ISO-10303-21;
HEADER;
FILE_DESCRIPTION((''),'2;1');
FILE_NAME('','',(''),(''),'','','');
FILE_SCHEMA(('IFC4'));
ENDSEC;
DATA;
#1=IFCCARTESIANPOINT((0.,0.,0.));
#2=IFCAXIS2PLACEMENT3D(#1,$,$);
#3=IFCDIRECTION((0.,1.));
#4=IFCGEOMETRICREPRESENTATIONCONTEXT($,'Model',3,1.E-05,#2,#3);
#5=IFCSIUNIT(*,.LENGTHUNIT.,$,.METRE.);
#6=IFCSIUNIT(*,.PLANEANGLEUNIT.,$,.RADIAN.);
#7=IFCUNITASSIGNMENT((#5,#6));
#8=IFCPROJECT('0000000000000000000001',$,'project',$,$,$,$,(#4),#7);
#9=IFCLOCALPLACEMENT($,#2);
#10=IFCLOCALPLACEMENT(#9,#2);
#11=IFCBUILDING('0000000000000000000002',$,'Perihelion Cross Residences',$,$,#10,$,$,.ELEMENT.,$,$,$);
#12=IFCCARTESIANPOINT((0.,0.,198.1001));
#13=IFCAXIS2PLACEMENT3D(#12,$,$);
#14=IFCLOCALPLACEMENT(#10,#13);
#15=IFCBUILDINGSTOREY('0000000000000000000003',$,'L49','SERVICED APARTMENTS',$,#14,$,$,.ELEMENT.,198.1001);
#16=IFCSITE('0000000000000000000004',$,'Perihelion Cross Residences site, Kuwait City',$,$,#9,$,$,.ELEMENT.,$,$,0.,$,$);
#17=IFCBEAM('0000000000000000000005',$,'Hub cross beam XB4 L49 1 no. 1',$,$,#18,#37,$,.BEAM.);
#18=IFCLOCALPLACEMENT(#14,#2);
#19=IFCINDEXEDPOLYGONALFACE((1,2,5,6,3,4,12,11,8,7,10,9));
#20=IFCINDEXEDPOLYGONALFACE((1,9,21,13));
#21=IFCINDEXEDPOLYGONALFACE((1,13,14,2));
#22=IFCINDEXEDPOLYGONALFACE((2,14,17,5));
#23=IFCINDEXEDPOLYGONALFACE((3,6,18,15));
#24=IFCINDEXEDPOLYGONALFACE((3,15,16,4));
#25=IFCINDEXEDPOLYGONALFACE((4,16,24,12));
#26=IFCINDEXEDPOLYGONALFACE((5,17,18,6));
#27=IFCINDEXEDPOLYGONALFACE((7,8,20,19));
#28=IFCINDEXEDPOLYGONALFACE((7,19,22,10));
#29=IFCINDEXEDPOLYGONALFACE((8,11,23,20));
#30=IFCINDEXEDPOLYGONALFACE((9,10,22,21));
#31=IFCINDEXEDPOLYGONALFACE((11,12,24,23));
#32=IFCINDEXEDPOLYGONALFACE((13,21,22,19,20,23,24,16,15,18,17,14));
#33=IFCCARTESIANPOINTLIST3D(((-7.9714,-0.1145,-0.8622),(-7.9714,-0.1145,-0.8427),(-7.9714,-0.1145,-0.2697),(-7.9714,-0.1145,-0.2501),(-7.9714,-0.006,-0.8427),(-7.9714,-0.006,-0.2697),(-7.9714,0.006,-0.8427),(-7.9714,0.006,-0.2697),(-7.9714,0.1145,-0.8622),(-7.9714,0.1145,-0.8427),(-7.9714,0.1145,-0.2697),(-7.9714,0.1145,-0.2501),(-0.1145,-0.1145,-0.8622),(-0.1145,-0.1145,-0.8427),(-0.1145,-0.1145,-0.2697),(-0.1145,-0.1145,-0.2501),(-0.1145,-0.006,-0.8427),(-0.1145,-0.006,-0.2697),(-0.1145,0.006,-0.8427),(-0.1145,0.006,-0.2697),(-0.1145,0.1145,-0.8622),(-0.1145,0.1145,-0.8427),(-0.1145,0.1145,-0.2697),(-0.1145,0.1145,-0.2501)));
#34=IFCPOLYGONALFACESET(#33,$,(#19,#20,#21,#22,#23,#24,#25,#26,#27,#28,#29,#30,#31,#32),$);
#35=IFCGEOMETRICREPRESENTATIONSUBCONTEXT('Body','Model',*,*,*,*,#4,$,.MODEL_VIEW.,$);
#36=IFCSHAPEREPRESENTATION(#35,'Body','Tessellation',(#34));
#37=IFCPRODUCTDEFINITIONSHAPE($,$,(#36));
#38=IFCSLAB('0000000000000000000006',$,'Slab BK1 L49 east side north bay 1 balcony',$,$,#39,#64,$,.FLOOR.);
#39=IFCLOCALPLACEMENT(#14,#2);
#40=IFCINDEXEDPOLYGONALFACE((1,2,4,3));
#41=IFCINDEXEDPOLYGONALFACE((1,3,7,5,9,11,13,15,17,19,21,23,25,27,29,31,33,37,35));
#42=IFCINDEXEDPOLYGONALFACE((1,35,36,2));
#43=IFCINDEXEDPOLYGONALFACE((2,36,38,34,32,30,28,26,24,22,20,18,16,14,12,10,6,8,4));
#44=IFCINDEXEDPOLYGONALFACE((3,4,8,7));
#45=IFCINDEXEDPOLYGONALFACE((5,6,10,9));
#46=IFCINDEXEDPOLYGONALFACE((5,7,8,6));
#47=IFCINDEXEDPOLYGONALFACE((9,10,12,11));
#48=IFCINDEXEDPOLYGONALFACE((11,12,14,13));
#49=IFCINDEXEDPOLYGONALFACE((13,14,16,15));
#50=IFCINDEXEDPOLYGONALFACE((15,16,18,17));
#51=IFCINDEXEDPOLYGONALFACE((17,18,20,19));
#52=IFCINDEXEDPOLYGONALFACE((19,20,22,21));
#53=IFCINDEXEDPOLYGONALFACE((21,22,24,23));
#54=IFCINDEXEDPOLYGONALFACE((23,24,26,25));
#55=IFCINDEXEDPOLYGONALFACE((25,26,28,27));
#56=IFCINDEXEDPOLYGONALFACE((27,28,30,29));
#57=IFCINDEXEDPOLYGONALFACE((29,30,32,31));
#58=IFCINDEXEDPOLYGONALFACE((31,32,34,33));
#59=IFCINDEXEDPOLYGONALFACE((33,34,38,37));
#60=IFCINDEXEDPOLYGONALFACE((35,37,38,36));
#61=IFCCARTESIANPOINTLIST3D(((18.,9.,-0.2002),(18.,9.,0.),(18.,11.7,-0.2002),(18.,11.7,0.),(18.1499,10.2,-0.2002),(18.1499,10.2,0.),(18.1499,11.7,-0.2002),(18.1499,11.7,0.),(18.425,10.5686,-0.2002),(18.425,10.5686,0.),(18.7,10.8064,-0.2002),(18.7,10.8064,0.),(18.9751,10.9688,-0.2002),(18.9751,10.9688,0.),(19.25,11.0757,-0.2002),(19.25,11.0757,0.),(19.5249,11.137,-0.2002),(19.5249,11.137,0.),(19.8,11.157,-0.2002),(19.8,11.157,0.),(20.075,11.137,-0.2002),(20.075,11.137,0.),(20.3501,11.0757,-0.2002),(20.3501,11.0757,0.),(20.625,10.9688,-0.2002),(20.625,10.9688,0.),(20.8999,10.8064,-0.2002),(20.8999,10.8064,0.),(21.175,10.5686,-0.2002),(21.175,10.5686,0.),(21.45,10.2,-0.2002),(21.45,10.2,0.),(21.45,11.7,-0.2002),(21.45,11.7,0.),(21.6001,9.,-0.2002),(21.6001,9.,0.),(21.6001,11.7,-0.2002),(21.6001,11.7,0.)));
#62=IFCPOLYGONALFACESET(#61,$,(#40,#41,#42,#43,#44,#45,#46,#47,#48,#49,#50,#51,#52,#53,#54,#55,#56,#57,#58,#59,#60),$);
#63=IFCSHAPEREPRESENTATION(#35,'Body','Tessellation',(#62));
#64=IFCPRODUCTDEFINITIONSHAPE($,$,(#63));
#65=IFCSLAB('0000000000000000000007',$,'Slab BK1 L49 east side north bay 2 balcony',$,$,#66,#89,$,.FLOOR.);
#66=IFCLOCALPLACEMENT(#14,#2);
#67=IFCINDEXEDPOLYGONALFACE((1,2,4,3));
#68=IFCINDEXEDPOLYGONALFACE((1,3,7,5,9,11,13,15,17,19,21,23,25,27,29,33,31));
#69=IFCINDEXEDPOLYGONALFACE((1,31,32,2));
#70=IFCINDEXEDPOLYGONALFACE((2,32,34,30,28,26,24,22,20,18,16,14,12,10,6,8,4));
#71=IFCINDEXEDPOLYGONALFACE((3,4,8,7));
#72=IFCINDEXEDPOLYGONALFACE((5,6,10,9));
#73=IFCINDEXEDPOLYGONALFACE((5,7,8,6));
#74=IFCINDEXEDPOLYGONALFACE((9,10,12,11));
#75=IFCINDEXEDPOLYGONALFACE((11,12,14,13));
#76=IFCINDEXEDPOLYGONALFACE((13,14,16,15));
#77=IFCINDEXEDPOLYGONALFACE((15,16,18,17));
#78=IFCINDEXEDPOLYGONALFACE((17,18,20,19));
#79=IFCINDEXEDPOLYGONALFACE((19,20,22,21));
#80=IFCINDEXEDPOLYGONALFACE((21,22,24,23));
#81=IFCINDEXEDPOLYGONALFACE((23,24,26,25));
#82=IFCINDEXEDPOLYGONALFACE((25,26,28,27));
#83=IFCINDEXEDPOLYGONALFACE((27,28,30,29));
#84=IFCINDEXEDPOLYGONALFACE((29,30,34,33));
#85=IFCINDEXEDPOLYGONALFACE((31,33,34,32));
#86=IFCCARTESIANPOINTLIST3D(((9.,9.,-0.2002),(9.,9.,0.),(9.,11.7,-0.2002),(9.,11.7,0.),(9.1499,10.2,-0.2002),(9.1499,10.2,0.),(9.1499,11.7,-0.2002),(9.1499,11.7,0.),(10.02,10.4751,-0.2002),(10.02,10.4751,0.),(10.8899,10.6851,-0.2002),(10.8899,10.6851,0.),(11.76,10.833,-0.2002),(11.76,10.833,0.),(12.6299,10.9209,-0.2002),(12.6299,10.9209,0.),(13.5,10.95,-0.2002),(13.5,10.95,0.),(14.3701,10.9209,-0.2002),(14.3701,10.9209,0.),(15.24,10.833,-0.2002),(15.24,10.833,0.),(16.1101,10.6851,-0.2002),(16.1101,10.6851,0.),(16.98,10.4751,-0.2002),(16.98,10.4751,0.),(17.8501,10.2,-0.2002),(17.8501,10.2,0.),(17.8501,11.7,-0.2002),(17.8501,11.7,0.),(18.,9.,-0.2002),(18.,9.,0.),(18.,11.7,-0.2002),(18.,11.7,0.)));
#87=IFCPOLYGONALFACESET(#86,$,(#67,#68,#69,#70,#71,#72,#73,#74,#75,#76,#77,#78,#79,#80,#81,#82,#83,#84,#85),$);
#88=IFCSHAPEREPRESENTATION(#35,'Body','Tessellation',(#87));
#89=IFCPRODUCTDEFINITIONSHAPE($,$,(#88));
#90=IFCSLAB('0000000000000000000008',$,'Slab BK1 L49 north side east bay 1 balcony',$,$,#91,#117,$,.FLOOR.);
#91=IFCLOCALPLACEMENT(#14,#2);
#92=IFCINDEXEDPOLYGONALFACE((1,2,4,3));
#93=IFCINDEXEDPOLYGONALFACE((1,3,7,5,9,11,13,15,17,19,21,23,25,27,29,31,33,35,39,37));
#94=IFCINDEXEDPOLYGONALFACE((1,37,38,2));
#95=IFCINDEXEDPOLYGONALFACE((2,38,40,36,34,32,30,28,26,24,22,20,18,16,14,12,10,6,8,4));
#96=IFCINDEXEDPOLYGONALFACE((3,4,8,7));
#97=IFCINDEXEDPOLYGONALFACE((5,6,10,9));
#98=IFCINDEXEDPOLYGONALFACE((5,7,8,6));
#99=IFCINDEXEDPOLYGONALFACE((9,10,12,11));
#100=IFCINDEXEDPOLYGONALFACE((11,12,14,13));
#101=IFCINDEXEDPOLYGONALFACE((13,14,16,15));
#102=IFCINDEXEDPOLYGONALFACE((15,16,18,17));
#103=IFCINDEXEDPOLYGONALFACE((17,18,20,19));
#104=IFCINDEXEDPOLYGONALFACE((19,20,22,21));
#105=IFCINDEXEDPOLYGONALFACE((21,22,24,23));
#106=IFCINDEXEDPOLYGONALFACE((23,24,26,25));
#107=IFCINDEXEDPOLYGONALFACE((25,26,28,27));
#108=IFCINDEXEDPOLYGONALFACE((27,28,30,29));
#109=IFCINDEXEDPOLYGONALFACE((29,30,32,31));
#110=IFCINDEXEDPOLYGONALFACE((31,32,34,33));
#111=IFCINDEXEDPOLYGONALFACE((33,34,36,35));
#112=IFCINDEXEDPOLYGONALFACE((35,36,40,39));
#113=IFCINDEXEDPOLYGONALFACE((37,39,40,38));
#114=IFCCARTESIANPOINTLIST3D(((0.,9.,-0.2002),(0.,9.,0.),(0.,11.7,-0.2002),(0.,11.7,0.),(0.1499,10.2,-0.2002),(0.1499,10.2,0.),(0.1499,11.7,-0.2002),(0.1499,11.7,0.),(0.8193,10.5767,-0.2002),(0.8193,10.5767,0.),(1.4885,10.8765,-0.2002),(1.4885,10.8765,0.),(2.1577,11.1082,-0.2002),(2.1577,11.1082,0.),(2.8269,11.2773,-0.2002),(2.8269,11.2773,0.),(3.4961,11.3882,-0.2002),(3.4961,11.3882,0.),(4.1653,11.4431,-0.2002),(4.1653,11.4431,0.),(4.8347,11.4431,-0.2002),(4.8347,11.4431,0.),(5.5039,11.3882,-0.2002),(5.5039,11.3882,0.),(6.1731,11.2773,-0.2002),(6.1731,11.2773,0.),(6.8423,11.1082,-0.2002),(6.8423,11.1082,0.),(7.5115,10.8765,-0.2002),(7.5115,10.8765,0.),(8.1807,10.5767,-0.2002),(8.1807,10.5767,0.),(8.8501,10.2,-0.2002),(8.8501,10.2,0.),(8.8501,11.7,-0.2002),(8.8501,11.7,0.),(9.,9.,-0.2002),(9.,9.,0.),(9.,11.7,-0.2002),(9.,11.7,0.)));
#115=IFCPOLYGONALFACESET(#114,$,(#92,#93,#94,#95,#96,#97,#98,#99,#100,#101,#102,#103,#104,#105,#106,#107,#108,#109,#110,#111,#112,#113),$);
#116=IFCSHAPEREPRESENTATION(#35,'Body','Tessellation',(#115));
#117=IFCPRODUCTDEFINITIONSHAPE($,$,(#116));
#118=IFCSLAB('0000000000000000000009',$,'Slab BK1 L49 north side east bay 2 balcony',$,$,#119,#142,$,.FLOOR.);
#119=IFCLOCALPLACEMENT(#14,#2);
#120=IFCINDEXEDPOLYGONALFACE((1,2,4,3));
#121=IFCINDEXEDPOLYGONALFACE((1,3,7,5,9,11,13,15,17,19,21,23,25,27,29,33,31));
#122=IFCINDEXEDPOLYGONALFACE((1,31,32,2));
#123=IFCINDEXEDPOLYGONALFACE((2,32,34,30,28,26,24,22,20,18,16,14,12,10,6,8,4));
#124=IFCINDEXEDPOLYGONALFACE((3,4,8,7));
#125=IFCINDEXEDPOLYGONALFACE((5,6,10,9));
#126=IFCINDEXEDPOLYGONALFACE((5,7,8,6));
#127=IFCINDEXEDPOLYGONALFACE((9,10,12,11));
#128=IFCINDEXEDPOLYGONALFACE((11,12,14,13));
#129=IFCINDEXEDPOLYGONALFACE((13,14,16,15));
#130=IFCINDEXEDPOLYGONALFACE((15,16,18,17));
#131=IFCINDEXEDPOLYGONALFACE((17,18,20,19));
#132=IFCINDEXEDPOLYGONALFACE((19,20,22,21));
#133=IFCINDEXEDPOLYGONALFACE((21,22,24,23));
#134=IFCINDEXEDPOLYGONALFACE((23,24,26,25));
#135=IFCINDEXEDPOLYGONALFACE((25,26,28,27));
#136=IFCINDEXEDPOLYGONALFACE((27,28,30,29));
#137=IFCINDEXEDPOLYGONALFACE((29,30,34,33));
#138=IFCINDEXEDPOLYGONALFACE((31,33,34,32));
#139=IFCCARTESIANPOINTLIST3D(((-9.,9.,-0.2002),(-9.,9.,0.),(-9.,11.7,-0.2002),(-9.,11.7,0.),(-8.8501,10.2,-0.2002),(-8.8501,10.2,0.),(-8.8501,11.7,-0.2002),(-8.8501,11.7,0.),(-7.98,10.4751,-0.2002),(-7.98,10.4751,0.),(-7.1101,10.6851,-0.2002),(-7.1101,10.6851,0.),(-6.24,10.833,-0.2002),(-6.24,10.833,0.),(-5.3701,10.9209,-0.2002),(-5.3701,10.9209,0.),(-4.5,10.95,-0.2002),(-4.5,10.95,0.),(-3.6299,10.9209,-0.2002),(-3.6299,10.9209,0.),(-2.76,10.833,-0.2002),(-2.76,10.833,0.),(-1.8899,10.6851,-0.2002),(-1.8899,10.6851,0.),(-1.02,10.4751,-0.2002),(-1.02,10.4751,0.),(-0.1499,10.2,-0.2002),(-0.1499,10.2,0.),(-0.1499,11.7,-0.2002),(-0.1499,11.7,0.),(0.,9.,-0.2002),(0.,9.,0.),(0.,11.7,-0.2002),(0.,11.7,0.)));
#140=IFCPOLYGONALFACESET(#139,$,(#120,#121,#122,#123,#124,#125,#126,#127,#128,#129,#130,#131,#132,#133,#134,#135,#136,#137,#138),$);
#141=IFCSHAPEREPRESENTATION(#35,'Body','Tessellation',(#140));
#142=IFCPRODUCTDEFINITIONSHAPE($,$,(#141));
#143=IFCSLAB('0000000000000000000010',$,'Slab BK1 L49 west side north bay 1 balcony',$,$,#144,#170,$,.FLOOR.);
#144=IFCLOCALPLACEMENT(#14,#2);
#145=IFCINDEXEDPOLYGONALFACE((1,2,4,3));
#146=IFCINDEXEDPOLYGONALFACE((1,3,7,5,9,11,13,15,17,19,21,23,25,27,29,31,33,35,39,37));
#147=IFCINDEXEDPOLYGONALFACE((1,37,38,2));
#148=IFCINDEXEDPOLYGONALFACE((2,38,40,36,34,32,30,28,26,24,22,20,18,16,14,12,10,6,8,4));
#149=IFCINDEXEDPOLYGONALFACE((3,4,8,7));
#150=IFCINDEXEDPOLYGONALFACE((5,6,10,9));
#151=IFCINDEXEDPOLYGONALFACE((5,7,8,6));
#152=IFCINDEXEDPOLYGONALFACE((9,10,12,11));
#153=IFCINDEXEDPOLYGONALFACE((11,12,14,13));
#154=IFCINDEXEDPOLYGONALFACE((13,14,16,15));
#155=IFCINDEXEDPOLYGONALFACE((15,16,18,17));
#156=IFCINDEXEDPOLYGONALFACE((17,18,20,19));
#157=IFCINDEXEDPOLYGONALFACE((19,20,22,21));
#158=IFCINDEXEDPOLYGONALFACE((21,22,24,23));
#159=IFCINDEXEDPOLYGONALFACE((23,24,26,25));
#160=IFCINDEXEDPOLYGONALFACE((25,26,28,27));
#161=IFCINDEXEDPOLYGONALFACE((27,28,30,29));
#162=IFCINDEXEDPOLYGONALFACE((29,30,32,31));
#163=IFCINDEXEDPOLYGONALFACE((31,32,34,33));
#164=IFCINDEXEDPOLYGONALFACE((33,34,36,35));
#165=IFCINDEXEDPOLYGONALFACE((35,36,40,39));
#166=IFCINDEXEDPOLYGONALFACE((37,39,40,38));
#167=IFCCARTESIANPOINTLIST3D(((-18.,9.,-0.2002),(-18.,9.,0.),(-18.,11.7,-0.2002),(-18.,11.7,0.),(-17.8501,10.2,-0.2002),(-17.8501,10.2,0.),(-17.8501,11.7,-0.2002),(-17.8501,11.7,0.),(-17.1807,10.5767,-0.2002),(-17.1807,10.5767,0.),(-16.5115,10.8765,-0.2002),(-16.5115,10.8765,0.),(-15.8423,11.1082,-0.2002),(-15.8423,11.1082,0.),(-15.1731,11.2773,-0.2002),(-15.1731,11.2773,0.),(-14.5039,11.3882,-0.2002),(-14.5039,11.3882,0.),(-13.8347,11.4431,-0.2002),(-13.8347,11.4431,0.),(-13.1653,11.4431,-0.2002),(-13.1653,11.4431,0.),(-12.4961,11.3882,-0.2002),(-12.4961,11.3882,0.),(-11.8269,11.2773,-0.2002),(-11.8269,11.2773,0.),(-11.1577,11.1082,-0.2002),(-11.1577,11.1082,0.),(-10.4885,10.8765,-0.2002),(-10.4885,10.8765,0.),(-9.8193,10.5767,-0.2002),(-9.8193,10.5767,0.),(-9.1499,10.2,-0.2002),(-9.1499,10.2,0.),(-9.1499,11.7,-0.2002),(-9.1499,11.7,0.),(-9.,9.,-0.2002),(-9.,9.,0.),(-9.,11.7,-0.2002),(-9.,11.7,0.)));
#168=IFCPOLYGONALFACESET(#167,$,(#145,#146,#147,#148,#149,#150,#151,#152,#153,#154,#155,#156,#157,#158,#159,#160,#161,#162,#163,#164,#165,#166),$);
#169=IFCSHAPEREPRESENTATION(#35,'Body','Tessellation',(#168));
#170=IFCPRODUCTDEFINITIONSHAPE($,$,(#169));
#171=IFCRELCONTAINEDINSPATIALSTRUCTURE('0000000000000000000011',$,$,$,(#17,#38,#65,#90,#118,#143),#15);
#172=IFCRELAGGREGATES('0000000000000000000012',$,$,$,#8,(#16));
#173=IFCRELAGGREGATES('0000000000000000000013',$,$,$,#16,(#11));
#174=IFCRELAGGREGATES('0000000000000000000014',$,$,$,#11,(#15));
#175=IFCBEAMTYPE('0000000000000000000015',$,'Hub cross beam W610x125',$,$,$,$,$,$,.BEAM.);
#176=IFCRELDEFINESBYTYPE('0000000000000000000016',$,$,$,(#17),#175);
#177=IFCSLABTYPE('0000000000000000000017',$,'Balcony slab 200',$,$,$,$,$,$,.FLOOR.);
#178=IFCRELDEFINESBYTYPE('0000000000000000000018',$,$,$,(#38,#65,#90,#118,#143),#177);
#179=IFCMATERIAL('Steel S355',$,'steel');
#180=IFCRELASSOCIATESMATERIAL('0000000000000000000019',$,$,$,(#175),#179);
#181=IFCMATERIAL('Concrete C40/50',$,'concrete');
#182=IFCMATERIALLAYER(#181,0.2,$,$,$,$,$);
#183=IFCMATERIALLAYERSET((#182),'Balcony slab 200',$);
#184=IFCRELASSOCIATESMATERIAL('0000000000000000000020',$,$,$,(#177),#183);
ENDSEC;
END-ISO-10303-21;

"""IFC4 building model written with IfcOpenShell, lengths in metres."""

from ifc_helpers import new_model, si_unit, direction, frame, origin, origin_2d, place, context, subcontext, project, spatial, polyline, i_section, outline, extrude, material, layer, layer_set, material_profile, profile_set, type_object, element, save


model = new_model("IFC4")

# Units and contexts
model_context = context("Model", 3, precision=1e-05, world=origin(), true_north=direction((0.0, 1.0)))
body_context = subcontext(model_context, "Body", "Model", "MODEL_VIEW")
ifc_project = project(units=[si_unit("LENGTHUNIT", "METRE"), si_unit("PLANEANGLEUNIT", "RADIAN")], contexts=[model_context])

# Site, building, storey
site_placement = place(None, origin())
site = spatial("IfcSite", under=ifc_project, at=site_placement, Name="Perihelion Cross Residences site, Kuwait City", CompositionType="ELEMENT", RefElevation=0.0)
building_placement = place(site_placement, origin())
building = spatial("IfcBuilding", under=site, at=building_placement, Name="Perihelion Cross Residences", CompositionType="ELEMENT")
storey_placement = place(building_placement, frame((0.0, 0.0, 198.1001)))
storey = spatial("IfcBuildingStorey", under=building, at=storey_placement, Name="L49", Description="SERVICED APARTMENTS", CompositionType="ELEMENT", Elevation=198.1001)

# Beam
ifc_material_1 = material(Name="Steel S355", Category="steel")
ifc_material_profile = material_profile(ifc_material_1, i_section(OverallWidth=0.229, OverallDepth=0.6121, WebThickness=0.012, FlangeThickness=0.0195, at=origin_2d()), Name="W610x125")
ifc_profile_set = profile_set([ifc_material_profile], Name="Steel S355")
beam_type = type_object("IfcBeamType", Name="Hub cross beam W610x125", PredefinedType="BEAM", material=ifc_profile_set)
beam_placement = place(storey_placement, frame((-7.9714, 0.0, -0.5562), z_axis=(1.0, 0.0, 0.0), x_axis=(0.0, 1.0, 0.0)))
element("IfcBeam", 1, at=beam_placement, inside=storey, type_object=beam_type, Name="Hub cross beam XB4 L49 1 no. 1", PredefinedType="BEAM", context=body_context, shape_type="SweptSolid", body=[
    extrude(i_section(OverallWidth=0.229, OverallDepth=0.6121, WebThickness=0.012, FlangeThickness=0.0195, at=origin_2d()), origin(), (0.0, 0.0, 1.0), 7.8569),
])

# Slabs
ifc_material_2 = material(Name="Concrete C40/50", Category="concrete")
ifc_layer_1 = layer(ifc_material_2, 0.2)
ifc_layer_set_1 = layer_set([ifc_layer_1], Name="Balcony slab 200")
slab_type_1 = type_object("IfcSlabType", Name="Balcony slab 200", PredefinedType="FLOOR", material=ifc_layer_set_1)
slab_1_placement = place(storey_placement, frame((0.0, 0.0, -0.2002)))
element("IfcSlab", 2, at=slab_1_placement, inside=storey, type_object=slab_type_1, Name="Slab BK1 L49 east side north bay 1 balcony", PredefinedType="FLOOR", context=body_context, shape_type="SweptSolid", body=[
    extrude(outline(polyline([(21.6001, 9.0), (18.0, 9.0), (18.0, 11.7), (18.1499, 11.7), (18.1499, 10.2), (18.425, 10.5686), (18.7, 10.8064), (18.9751, 10.9688), (19.25, 11.0757), (19.5249, 11.137), (19.8, 11.157), (20.075, 11.137), (20.3501, 11.0757), (20.625, 10.9688), (20.8999, 10.8064), (21.175, 10.5686), (21.45, 10.2), (21.45, 11.7), (21.6001, 11.7), (21.6001, 9.0)])), origin(), (0.0, 0.0, 1.0), 0.2002),
])
slab_2_placement = place(storey_placement, frame((0.0, 0.0, -0.2002)))
element("IfcSlab", 3, at=slab_2_placement, inside=storey, type_object=slab_type_1, Name="Slab BK1 L49 east side north bay 2 balcony", PredefinedType="FLOOR", context=body_context, shape_type="SweptSolid", body=[
    extrude(outline(polyline([(18.0, 9.0), (9.0, 9.0), (9.0, 11.7), (9.1499, 11.7), (9.1499, 10.2), (10.02, 10.4751), (10.8899, 10.6851), (11.76, 10.833), (12.6299, 10.9209), (13.5, 10.95), (14.3701, 10.9209), (15.24, 10.833), (16.1101, 10.6851), (16.98, 10.4751), (17.8501, 10.2), (17.8501, 11.7), (18.0, 11.7), (18.0, 9.0)])), origin(), (0.0, 0.0, 1.0), 0.2002),
])
slab_3_placement = place(storey_placement, frame((0.0, 0.0, -0.2002)))
element("IfcSlab", 4, at=slab_3_placement, inside=storey, type_object=slab_type_1, Name="Slab BK1 L49 north side east bay 1 balcony", PredefinedType="FLOOR", context=body_context, shape_type="SweptSolid", body=[
    extrude(outline(polyline([(9.0, 9.0), (0.0, 9.0), (0.0, 11.7), (0.1499, 11.7), (0.1499, 10.2), (0.8193, 10.5767), (1.4885, 10.8765), (2.1577, 11.1082), (2.8269, 11.2773), (3.4961, 11.3882), (4.1653, 11.4431), (4.8347, 11.4431), (5.5039, 11.3882), (6.1731, 11.2773), (6.8423, 11.1082), (7.5115, 10.8765), (8.1807, 10.5767), (8.8501, 10.2), (8.8501, 11.7), (9.0, 11.7), (9.0, 9.0)])), origin(), (0.0, 0.0, 1.0), 0.2002),
])
slab_4_placement = place(storey_placement, frame((0.0, 0.0, -0.2002)))
element("IfcSlab", 5, at=slab_4_placement, inside=storey, type_object=slab_type_1, Name="Slab BK1 L49 north side east bay 2 balcony", PredefinedType="FLOOR", context=body_context, shape_type="SweptSolid", body=[
    extrude(outline(polyline([(0.0, 9.0), (-9.0, 9.0), (-9.0, 11.7), (-8.8501, 11.7), (-8.8501, 10.2), (-7.98, 10.4751), (-7.1101, 10.6851), (-6.24, 10.833), (-5.3701, 10.9209), (-4.5, 10.95), (-3.6299, 10.9209), (-2.76, 10.833), (-1.8899, 10.6851), (-1.02, 10.4751), (-0.1499, 10.2), (-0.1499, 11.7), (0.0, 11.7), (0.0, 9.0)])), origin(), (0.0, 0.0, 1.0), 0.2002),
])
slab_5_placement = place(storey_placement, frame((0.0, 0.0, -0.2002)))
element("IfcSlab", 6, at=slab_5_placement, inside=storey, type_object=slab_type_1, Name="Slab BK1 L49 west side north bay 1 balcony", PredefinedType="FLOOR", context=body_context, shape_type="SweptSolid", body=[
    extrude(outline(polyline([(-9.0, 9.0), (-18.0, 9.0), (-18.0, 11.7), (-17.8501, 11.7), (-17.8501, 10.2), (-17.1807, 10.5767), (-16.5115, 10.8765), (-15.8423, 11.1082), (-15.1731, 11.2773), (-14.5039, 11.3882), (-13.8347, 11.4431), (-13.1653, 11.4431), (-12.4961, 11.3882), (-11.8269, 11.2773), (-11.1577, 11.1082), (-10.4885, 10.8765), (-9.8193, 10.5767), (-9.1499, 10.2), (-9.1499, 11.7), (-9.0, 11.7), (-9.0, 9.0)])), origin(), (0.0, 0.0, 1.0), 0.2002),
])

save(model, "model.ifc")
